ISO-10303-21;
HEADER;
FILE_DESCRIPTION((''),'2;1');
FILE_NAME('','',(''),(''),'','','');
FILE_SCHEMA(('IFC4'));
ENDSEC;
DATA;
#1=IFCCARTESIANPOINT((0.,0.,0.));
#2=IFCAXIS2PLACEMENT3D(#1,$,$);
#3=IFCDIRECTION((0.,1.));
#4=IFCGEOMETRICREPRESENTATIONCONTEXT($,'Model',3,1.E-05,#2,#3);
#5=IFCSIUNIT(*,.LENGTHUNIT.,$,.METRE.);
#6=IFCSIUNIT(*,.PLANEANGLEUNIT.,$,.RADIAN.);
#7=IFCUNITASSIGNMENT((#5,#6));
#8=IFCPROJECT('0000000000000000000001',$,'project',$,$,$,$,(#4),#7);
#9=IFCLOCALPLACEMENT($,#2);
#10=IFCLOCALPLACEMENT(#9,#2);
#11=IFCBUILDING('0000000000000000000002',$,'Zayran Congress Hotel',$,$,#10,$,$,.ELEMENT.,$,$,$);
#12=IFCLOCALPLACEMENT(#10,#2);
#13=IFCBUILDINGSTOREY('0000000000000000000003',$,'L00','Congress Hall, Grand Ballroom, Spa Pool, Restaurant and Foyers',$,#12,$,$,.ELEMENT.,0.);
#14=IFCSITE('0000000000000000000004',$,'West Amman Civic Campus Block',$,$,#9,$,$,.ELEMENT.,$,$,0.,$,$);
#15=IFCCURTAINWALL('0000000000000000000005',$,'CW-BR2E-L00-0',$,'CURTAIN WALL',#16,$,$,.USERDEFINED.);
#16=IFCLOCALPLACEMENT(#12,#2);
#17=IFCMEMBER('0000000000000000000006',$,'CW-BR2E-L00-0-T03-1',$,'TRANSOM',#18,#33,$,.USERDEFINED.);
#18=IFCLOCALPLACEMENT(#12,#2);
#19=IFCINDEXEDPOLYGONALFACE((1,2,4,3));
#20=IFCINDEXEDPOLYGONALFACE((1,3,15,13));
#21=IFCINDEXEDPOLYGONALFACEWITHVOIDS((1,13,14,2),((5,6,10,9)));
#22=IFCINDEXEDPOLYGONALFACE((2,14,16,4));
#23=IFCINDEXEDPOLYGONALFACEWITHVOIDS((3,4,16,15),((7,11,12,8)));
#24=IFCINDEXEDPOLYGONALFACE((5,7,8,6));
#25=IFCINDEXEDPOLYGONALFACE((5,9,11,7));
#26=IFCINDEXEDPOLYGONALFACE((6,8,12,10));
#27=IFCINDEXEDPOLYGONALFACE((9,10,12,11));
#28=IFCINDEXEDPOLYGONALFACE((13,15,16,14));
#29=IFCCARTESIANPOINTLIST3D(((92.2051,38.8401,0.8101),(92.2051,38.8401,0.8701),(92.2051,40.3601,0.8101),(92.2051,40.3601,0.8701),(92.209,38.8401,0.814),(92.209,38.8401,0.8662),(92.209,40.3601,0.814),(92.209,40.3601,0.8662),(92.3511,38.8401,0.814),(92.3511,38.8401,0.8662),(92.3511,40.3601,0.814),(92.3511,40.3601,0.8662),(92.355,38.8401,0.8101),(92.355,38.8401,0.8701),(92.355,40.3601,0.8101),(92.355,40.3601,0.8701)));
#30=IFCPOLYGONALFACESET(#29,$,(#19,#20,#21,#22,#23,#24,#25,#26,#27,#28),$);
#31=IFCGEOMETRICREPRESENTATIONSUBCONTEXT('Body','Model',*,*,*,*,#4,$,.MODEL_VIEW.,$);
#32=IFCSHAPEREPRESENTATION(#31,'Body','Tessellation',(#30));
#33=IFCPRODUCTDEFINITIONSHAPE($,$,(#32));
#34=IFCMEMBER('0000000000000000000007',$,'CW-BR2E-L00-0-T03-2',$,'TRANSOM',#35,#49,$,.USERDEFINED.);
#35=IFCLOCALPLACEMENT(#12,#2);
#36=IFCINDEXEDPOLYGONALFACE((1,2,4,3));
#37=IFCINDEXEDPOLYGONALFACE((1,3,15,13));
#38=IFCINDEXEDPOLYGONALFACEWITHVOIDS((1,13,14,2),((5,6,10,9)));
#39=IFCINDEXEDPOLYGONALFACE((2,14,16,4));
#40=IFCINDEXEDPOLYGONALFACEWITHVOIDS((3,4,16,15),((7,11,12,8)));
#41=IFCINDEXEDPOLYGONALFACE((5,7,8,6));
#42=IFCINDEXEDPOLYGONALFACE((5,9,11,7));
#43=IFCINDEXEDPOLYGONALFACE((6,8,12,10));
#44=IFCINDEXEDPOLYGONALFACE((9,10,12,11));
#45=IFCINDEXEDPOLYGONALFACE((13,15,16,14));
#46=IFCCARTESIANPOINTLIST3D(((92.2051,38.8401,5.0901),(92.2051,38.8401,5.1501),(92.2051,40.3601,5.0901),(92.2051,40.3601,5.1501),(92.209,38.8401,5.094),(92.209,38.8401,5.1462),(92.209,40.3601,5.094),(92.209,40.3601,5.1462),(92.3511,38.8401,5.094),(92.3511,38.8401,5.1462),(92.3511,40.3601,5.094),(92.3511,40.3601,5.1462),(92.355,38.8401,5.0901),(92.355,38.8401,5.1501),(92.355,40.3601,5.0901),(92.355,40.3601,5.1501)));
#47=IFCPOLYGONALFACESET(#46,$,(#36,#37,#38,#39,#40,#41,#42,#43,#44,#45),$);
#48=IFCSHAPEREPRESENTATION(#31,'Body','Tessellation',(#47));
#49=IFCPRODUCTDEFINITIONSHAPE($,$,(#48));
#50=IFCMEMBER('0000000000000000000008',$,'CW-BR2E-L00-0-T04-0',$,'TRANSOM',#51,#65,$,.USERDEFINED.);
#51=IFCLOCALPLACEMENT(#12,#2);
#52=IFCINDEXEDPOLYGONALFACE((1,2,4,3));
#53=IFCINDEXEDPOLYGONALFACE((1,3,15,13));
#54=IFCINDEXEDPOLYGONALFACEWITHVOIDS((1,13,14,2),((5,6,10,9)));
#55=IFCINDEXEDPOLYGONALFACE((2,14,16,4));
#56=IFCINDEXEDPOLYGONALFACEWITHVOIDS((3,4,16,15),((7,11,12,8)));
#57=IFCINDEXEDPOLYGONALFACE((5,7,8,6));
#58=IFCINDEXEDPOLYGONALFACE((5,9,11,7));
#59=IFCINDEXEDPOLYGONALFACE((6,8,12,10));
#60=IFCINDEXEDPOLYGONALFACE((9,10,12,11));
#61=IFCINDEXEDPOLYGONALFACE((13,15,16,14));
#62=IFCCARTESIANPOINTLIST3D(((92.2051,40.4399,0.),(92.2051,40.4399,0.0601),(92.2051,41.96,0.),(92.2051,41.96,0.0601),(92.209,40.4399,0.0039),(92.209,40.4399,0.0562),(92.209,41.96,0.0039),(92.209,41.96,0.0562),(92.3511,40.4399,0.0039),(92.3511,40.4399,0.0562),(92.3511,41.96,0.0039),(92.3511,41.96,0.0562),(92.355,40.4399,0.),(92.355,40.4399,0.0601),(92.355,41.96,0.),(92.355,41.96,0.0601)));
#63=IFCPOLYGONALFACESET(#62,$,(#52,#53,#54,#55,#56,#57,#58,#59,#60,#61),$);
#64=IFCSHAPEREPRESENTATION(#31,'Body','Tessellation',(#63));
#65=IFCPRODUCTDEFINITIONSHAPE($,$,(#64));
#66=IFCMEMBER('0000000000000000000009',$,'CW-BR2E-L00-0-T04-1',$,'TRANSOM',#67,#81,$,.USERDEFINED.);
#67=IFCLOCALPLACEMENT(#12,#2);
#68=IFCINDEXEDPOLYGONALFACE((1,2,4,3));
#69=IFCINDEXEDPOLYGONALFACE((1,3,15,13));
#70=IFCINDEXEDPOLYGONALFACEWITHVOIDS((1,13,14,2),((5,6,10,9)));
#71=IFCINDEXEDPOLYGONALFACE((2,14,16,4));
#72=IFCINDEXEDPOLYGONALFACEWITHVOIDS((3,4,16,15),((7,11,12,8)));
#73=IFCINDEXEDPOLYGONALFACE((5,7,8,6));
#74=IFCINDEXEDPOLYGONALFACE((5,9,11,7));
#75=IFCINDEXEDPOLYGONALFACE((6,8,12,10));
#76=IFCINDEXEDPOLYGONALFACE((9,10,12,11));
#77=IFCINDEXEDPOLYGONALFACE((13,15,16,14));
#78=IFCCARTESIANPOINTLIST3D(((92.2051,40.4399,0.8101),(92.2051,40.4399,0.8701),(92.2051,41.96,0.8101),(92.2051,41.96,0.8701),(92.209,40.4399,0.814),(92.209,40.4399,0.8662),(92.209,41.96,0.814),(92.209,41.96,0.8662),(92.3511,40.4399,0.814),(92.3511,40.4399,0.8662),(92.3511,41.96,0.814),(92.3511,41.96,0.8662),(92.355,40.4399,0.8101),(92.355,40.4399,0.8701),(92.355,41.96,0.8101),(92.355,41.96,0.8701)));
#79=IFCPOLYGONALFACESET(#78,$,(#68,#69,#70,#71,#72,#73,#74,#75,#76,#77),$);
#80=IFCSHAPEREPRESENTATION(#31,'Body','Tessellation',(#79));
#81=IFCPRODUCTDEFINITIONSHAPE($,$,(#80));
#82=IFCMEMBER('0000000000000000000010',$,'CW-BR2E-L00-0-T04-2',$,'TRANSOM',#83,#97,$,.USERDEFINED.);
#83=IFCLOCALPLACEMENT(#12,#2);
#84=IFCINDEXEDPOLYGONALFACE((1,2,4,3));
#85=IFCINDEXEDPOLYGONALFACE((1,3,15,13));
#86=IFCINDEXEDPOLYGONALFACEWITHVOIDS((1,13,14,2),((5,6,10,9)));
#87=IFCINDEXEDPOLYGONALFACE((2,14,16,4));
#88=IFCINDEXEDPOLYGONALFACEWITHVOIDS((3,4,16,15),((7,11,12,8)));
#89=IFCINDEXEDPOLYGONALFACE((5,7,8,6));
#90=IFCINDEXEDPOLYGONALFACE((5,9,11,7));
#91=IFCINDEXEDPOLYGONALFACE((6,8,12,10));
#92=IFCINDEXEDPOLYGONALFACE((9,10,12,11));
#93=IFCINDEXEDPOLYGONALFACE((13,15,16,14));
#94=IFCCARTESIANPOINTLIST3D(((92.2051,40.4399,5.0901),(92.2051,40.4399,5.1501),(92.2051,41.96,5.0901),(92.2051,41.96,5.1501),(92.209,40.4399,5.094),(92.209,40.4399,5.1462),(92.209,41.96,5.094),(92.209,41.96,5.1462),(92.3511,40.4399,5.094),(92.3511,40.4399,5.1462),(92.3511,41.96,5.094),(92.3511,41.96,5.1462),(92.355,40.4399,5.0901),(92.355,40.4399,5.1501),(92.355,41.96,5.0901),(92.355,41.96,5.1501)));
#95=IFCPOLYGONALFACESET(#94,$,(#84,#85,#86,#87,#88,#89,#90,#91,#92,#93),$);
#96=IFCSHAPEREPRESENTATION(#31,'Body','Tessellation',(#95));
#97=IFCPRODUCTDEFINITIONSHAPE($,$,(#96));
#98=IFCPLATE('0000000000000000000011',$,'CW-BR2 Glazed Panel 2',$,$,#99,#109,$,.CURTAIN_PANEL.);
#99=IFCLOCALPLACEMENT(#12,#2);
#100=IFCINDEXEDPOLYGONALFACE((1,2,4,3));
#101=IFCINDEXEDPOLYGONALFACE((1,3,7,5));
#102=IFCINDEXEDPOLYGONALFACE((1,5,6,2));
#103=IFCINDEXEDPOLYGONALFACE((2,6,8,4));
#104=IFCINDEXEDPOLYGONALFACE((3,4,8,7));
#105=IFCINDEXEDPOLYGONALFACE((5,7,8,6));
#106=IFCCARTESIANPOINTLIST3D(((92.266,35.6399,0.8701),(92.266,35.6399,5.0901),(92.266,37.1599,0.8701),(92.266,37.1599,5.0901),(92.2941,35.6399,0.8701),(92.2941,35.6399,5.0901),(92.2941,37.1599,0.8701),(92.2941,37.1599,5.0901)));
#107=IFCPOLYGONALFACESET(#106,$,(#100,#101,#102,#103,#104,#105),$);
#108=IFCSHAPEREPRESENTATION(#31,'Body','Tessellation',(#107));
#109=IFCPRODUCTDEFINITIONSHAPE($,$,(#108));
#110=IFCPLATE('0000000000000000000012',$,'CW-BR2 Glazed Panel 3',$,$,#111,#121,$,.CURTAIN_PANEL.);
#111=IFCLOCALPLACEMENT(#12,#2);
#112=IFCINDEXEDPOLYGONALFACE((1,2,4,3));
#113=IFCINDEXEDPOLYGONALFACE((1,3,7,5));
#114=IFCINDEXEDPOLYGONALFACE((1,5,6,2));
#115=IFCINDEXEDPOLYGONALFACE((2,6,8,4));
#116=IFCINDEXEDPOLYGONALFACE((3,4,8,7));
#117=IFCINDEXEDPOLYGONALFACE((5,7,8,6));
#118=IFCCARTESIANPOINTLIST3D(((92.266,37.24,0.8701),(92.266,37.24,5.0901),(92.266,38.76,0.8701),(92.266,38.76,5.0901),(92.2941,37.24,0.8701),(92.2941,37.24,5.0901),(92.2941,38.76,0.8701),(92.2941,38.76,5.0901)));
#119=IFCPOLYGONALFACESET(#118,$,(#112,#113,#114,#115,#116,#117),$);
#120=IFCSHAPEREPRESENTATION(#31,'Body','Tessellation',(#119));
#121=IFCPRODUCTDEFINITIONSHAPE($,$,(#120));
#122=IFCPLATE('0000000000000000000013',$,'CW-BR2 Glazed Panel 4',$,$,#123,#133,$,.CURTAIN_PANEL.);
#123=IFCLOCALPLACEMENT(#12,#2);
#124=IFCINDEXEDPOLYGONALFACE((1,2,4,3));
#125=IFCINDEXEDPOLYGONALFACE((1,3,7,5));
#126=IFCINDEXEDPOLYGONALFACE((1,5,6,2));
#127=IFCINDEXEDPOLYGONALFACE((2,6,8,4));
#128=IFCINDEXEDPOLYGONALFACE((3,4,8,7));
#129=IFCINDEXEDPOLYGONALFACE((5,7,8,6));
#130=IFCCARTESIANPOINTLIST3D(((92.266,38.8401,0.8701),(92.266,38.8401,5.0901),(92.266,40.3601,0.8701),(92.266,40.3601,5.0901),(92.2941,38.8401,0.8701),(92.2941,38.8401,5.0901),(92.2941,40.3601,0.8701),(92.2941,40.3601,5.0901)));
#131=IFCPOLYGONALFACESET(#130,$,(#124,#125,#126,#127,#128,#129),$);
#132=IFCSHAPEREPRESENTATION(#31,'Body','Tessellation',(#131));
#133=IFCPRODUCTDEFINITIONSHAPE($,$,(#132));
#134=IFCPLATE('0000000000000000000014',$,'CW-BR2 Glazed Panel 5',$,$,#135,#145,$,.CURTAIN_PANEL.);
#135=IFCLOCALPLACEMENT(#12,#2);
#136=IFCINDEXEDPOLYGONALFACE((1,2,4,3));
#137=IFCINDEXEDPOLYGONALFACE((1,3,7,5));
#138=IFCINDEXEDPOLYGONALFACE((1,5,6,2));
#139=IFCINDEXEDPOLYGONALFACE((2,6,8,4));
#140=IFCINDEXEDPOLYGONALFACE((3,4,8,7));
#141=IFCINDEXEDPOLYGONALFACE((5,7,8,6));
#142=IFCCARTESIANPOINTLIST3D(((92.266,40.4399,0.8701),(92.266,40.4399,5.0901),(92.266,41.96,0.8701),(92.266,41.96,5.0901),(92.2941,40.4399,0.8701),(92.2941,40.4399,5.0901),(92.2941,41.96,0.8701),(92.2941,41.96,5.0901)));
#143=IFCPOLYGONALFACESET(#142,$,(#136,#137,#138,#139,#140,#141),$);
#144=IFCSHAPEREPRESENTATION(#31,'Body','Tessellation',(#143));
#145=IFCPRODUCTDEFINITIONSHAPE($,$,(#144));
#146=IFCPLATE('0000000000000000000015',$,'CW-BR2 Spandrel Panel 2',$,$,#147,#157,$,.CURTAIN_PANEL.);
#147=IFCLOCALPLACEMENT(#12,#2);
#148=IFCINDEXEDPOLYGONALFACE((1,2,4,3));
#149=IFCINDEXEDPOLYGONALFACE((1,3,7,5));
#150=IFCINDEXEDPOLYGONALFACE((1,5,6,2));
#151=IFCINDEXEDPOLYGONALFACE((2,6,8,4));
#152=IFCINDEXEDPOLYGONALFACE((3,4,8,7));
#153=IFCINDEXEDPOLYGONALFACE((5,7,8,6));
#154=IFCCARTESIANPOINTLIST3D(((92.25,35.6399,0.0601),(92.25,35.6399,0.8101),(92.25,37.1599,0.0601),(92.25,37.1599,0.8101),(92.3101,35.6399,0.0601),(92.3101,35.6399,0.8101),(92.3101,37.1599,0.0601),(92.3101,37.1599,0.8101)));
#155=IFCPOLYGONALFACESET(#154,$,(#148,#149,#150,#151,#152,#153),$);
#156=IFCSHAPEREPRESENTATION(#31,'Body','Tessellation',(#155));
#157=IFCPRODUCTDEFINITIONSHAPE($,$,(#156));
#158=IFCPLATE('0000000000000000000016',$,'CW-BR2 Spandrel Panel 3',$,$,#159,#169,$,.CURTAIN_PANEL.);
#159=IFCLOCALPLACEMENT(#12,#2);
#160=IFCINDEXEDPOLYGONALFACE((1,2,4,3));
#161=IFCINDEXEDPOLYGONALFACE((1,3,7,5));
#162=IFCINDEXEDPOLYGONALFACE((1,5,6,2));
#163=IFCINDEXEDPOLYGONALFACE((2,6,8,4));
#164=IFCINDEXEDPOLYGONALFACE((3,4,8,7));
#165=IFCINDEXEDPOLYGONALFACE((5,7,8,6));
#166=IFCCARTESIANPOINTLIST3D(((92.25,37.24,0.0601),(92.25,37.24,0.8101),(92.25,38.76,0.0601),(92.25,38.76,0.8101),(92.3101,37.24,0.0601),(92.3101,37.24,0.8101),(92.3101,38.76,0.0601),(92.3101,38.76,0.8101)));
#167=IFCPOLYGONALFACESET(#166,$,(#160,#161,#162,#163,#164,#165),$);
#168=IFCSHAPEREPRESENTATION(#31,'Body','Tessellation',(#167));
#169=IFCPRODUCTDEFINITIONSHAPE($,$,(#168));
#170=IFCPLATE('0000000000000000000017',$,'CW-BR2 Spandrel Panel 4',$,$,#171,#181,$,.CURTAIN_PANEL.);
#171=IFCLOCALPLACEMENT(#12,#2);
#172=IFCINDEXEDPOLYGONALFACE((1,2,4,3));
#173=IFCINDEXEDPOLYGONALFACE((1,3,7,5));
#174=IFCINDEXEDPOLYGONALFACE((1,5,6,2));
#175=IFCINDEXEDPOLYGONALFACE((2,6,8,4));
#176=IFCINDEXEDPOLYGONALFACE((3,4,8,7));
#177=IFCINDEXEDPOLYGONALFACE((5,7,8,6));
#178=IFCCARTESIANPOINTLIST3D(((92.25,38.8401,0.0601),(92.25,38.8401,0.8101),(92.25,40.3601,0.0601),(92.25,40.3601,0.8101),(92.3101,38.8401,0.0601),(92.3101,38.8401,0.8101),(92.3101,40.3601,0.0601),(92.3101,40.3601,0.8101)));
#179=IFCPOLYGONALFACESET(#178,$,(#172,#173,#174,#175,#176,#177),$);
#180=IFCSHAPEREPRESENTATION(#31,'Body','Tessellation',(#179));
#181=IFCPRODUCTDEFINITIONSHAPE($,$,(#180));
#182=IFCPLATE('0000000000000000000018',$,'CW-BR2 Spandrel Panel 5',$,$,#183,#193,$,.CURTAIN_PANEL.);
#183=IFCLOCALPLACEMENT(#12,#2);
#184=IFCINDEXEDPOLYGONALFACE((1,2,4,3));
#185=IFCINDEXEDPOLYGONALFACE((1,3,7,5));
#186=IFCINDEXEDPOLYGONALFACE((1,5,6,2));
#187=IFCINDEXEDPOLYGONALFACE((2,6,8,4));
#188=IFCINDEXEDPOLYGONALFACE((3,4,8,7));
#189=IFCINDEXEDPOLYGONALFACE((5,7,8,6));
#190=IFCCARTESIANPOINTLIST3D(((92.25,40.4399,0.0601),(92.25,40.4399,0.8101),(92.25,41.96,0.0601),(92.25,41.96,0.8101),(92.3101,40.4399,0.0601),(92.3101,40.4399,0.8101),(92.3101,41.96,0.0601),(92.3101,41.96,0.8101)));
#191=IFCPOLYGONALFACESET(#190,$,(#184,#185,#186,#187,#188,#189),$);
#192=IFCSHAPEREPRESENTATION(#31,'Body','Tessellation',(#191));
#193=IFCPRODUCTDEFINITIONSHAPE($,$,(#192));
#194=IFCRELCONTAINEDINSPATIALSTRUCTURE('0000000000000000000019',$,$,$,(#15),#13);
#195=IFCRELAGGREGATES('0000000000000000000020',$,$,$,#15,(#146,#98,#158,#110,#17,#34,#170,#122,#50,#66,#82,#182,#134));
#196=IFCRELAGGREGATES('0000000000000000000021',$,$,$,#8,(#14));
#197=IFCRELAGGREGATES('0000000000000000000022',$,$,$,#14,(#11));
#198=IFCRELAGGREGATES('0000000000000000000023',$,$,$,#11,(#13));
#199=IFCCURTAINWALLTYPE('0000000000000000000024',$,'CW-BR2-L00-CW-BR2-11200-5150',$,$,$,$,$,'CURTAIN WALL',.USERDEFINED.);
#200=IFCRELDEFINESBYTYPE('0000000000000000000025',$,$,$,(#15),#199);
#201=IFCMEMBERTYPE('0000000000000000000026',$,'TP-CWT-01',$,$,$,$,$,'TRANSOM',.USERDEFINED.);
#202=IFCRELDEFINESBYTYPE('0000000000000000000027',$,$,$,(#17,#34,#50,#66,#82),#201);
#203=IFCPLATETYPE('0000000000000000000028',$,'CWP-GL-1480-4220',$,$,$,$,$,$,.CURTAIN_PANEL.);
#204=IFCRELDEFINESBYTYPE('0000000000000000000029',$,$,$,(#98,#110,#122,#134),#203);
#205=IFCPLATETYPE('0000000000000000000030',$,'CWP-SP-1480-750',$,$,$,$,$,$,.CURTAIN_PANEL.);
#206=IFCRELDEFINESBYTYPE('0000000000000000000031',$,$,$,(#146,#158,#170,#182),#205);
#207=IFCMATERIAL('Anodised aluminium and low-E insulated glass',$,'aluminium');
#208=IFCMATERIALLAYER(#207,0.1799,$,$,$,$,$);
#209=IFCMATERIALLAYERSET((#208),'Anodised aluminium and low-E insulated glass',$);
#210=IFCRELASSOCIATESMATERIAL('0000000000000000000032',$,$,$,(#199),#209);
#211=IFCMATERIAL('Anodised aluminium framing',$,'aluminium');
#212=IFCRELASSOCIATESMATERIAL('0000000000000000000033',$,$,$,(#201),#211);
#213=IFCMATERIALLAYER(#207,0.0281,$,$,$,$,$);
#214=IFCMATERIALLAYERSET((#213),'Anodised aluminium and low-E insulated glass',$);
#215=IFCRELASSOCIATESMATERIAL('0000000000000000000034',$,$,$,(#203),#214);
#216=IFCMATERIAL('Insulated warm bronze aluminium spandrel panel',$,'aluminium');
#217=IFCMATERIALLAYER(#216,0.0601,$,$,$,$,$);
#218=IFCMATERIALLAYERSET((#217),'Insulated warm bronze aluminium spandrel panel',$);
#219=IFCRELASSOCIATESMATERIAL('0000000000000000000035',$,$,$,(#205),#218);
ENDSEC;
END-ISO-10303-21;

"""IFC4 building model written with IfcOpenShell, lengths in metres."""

from ifc_helpers import new_model, si_unit, direction, frame, origin, origin_2d, place, context, subcontext, project, spatial, rectangle, hollow_rectangle, extrude, material, layer, layer_set, material_profile, profile_set, type_object, element, aggregate, save


model = new_model("IFC4")

# Units and contexts
model_context = context("Model", 3, precision=1e-05, world=origin(), true_north=direction((0.0, 1.0)))
body_context = subcontext(model_context, "Body", "Model", "MODEL_VIEW")
ifc_project = project(units=[si_unit("LENGTHUNIT", "METRE"), si_unit("PLANEANGLEUNIT", "RADIAN")], contexts=[model_context])

# Site, building, storey
site_placement = place(None, origin())
site = spatial("IfcSite", under=ifc_project, at=site_placement, Name="West Amman Civic Campus Block", CompositionType="ELEMENT", RefElevation=0.0)
building_placement = place(site_placement, origin())
building = spatial("IfcBuilding", under=site, at=building_placement, Name="Zayran Congress Hotel", CompositionType="ELEMENT")
storey_placement = place(building_placement, origin())
storey = spatial("IfcBuildingStorey", under=building, at=storey_placement, Name="L00", Description="Congress Hall, Grand Ballroom, Spa Pool, Restaurant and Foyers", CompositionType="ELEMENT", Elevation=0.0)

# Curtain wall, members, plates
ifc_material_1 = material(Name="Anodised aluminium and low-E insulated glass", Category="aluminium")
ifc_layer_1 = layer(ifc_material_1, 0.1799)
ifc_layer_set_1 = layer_set([ifc_layer_1], Name="Anodised aluminium and low-E insulated glass")
curtain_wall_type = type_object("IfcCurtainWallType", Name="CW-BR2-L00-CW-BR2-11200-5150", ElementType="CURTAIN WALL", PredefinedType="USERDEFINED", material=ifc_layer_set_1)
curtain_wall_placement = place(storey_placement, origin())
curtain_wall = element("IfcCurtainWall", 1, at=curtain_wall_placement, inside=storey, type_object=curtain_wall_type, Name="CW-BR2E-L00-0", ObjectType="CURTAIN WALL", PredefinedType="USERDEFINED")
ifc_material_2 = material(Name="Anodised aluminium framing", Category="aluminium")
ifc_material_profile_1 = material_profile(ifc_material_2, hollow_rectangle(XDim=0.0601, YDim=0.1499, WallThickness=0.0039, at=origin_2d()), Name="RHS 150x60x4")
ifc_profile_set_1 = profile_set([ifc_material_profile_1], Name="Anodised aluminium framing")
member_type_1 = type_object("IfcMemberType", Name="TP-CWT-01", ElementType="TRANSOM", PredefinedType="USERDEFINED", material=ifc_profile_set_1)
member_1_placement = place(storey_placement, frame((92.28, 38.8401, 0.8401), z_axis=(0.0, 1.0, 0.0), x_axis=(0.0, 0.0, 1.0)))
member_1 = element("IfcMember", 2, at=member_1_placement, type_object=member_type_1, Name="CW-BR2E-L00-0-T03-1", ObjectType="TRANSOM", PredefinedType="USERDEFINED", context=body_context, shape_type="SweptSolid", body=[
    extrude(hollow_rectangle(XDim=0.0601, YDim=0.1499, WallThickness=0.0039, at=origin_2d()), origin(), (0.0, 0.0, 1.0), 1.52),
])
member_2_placement = place(storey_placement, frame((92.28, 38.8401, 5.1201), z_axis=(0.0, 1.0, 0.0), x_axis=(0.0, 0.0, 1.0)))
member_2 = element("IfcMember", 3, at=member_2_placement, type_object=member_type_1, Name="CW-BR2E-L00-0-T03-2", ObjectType="TRANSOM", PredefinedType="USERDEFINED", context=body_context, shape_type="SweptSolid", body=[
    extrude(hollow_rectangle(XDim=0.0601, YDim=0.1499, WallThickness=0.0039, at=origin_2d()), origin(), (0.0, 0.0, 1.0), 1.52),
])
member_3_placement = place(storey_placement, frame((92.28, 40.4399, 0.03), z_axis=(0.0, 1.0, 0.0), x_axis=(0.0, 0.0, 1.0)))
member_3 = element("IfcMember", 4, at=member_3_placement, type_object=member_type_1, Name="CW-BR2E-L00-0-T04-0", ObjectType="TRANSOM", PredefinedType="USERDEFINED", context=body_context, shape_type="SweptSolid", body=[
    extrude(hollow_rectangle(XDim=0.0601, YDim=0.1499, WallThickness=0.0039, at=origin_2d()), origin(), (0.0, 0.0, 1.0), 1.52),
])
member_4_placement = place(storey_placement, frame((92.28, 40.4399, 0.8401), z_axis=(0.0, 1.0, 0.0), x_axis=(0.0, 0.0, 1.0)))
member_4 = element("IfcMember", 5, at=member_4_placement, type_object=member_type_1, Name="CW-BR2E-L00-0-T04-1", ObjectType="TRANSOM", PredefinedType="USERDEFINED", context=body_context, shape_type="SweptSolid", body=[
    extrude(hollow_rectangle(XDim=0.0601, YDim=0.1499, WallThickness=0.0039, at=origin_2d()), origin(), (0.0, 0.0, 1.0), 1.52),
])
member_5_placement = place(storey_placement, frame((92.28, 40.4399, 5.1201), z_axis=(0.0, 1.0, 0.0), x_axis=(0.0, 0.0, 1.0)))
member_5 = element("IfcMember", 6, at=member_5_placement, type_object=member_type_1, Name="CW-BR2E-L00-0-T04-2", ObjectType="TRANSOM", PredefinedType="USERDEFINED", context=body_context, shape_type="SweptSolid", body=[
    extrude(hollow_rectangle(XDim=0.0601, YDim=0.1499, WallThickness=0.0039, at=origin_2d()), origin(), (0.0, 0.0, 1.0), 1.52),
])
ifc_layer_2 = layer(ifc_material_1, 0.0281)
ifc_layer_set_2 = layer_set([ifc_layer_2], Name="Anodised aluminium and low-E insulated glass")
plate_type_1 = type_object("IfcPlateType", Name="CWP-GL-1480-4220", PredefinedType="CURTAIN_PANEL", material=ifc_layer_set_2)
plate_1_placement = place(storey_placement, frame((92.28, 36.3999, 0.8701), z_axis=(0.0, 0.0, 1.0), x_axis=(0.0, 1.0, 0.0)))
plate_1 = element("IfcPlate", 7, at=plate_1_placement, type_object=plate_type_1, Name="CW-BR2 Glazed Panel 2", PredefinedType="CURTAIN_PANEL", context=body_context, shape_type="SweptSolid", body=[
    extrude(rectangle(XDim=1.52, YDim=0.0281, at=origin_2d()), origin(), (0.0, 0.0, 1.0), 4.22),
])
plate_2_placement = place(storey_placement, frame((92.28, 38.0, 0.8701), z_axis=(0.0, 0.0, 1.0), x_axis=(0.0, 1.0, 0.0)))
plate_2 = element("IfcPlate", 8, at=plate_2_placement, type_object=plate_type_1, Name="CW-BR2 Glazed Panel 3", PredefinedType="CURTAIN_PANEL", context=body_context, shape_type="SweptSolid", body=[
    extrude(rectangle(XDim=1.52, YDim=0.0281, at=origin_2d()), origin(), (0.0, 0.0, 1.0), 4.22),
])
plate_3_placement = place(storey_placement, frame((92.28, 39.6001, 0.8701), z_axis=(0.0, 0.0, 1.0), x_axis=(0.0, 1.0, 0.0)))
plate_3 = element("IfcPlate", 9, at=plate_3_placement, type_object=plate_type_1, Name="CW-BR2 Glazed Panel 4", PredefinedType="CURTAIN_PANEL", context=body_context, shape_type="SweptSolid", body=[
    extrude(rectangle(XDim=1.52, YDim=0.0281, at=origin_2d()), origin(), (0.0, 0.0, 1.0), 4.22),
])
plate_4_placement = place(storey_placement, frame((92.28, 41.2, 0.8701), z_axis=(0.0, 0.0, 1.0), x_axis=(0.0, 1.0, 0.0)))
plate_4 = element("IfcPlate", 10, at=plate_4_placement, type_object=plate_type_1, Name="CW-BR2 Glazed Panel 5", PredefinedType="CURTAIN_PANEL", context=body_context, shape_type="SweptSolid", body=[
    extrude(rectangle(XDim=1.52, YDim=0.0281, at=origin_2d()), origin(), (0.0, 0.0, 1.0), 4.22),
])
ifc_material_3 = material(Name="Insulated warm bronze aluminium spandrel panel", Category="aluminium")
ifc_layer_3 = layer(ifc_material_3, 0.0601)
ifc_layer_set_3 = layer_set([ifc_layer_3], Name="Insulated warm bronze aluminium spandrel panel")
plate_type_2 = type_object("IfcPlateType", Name="CWP-SP-1480-750", PredefinedType="CURTAIN_PANEL", material=ifc_layer_set_3)
plate_5_placement = place(storey_placement, frame((92.28, 36.3999, 0.0601), z_axis=(0.0, 0.0, 1.0), x_axis=(0.0, 1.0, 0.0)))
plate_5 = element("IfcPlate", 11, at=plate_5_placement, type_object=plate_type_2, Name="CW-BR2 Spandrel Panel 2", PredefinedType="CURTAIN_PANEL", context=body_context, shape_type="SweptSolid", body=[
    extrude(rectangle(XDim=1.52, YDim=0.0601, at=origin_2d()), origin(), (0.0, 0.0, 1.0), 0.75),
])
plate_6_placement = place(storey_placement, frame((92.28, 38.0, 0.0601), z_axis=(0.0, 0.0, 1.0), x_axis=(0.0, 1.0, 0.0)))
plate_6 = element("IfcPlate", 12, at=plate_6_placement, type_object=plate_type_2, Name="CW-BR2 Spandrel Panel 3", PredefinedType="CURTAIN_PANEL", context=body_context, shape_type="SweptSolid", body=[
    extrude(rectangle(XDim=1.52, YDim=0.0601, at=origin_2d()), origin(), (0.0, 0.0, 1.0), 0.75),
])
plate_7_placement = place(storey_placement, frame((92.28, 39.6001, 0.0601), z_axis=(0.0, 0.0, 1.0), x_axis=(0.0, 1.0, 0.0)))
plate_7 = element("IfcPlate", 13, at=plate_7_placement, type_object=plate_type_2, Name="CW-BR2 Spandrel Panel 4", PredefinedType="CURTAIN_PANEL", context=body_context, shape_type="SweptSolid", body=[
    extrude(rectangle(XDim=1.52, YDim=0.0601, at=origin_2d()), origin(), (0.0, 0.0, 1.0), 0.75),
])
plate_8_placement = place(storey_placement, frame((92.28, 41.2, 0.0601), z_axis=(0.0, 0.0, 1.0), x_axis=(0.0, 1.0, 0.0)))
plate_8 = element("IfcPlate", 14, at=plate_8_placement, type_object=plate_type_2, Name="CW-BR2 Spandrel Panel 5", PredefinedType="CURTAIN_PANEL", context=body_context, shape_type="SweptSolid", body=[
    extrude(rectangle(XDim=1.52, YDim=0.0601, at=origin_2d()), origin(), (0.0, 0.0, 1.0), 0.75),
])
aggregate(curtain_wall, [plate_5, plate_1, plate_6, plate_2, member_1, member_2, plate_7, plate_3, member_3, member_4, member_5, plate_8, plate_4])

save(model, "model.ifc")
